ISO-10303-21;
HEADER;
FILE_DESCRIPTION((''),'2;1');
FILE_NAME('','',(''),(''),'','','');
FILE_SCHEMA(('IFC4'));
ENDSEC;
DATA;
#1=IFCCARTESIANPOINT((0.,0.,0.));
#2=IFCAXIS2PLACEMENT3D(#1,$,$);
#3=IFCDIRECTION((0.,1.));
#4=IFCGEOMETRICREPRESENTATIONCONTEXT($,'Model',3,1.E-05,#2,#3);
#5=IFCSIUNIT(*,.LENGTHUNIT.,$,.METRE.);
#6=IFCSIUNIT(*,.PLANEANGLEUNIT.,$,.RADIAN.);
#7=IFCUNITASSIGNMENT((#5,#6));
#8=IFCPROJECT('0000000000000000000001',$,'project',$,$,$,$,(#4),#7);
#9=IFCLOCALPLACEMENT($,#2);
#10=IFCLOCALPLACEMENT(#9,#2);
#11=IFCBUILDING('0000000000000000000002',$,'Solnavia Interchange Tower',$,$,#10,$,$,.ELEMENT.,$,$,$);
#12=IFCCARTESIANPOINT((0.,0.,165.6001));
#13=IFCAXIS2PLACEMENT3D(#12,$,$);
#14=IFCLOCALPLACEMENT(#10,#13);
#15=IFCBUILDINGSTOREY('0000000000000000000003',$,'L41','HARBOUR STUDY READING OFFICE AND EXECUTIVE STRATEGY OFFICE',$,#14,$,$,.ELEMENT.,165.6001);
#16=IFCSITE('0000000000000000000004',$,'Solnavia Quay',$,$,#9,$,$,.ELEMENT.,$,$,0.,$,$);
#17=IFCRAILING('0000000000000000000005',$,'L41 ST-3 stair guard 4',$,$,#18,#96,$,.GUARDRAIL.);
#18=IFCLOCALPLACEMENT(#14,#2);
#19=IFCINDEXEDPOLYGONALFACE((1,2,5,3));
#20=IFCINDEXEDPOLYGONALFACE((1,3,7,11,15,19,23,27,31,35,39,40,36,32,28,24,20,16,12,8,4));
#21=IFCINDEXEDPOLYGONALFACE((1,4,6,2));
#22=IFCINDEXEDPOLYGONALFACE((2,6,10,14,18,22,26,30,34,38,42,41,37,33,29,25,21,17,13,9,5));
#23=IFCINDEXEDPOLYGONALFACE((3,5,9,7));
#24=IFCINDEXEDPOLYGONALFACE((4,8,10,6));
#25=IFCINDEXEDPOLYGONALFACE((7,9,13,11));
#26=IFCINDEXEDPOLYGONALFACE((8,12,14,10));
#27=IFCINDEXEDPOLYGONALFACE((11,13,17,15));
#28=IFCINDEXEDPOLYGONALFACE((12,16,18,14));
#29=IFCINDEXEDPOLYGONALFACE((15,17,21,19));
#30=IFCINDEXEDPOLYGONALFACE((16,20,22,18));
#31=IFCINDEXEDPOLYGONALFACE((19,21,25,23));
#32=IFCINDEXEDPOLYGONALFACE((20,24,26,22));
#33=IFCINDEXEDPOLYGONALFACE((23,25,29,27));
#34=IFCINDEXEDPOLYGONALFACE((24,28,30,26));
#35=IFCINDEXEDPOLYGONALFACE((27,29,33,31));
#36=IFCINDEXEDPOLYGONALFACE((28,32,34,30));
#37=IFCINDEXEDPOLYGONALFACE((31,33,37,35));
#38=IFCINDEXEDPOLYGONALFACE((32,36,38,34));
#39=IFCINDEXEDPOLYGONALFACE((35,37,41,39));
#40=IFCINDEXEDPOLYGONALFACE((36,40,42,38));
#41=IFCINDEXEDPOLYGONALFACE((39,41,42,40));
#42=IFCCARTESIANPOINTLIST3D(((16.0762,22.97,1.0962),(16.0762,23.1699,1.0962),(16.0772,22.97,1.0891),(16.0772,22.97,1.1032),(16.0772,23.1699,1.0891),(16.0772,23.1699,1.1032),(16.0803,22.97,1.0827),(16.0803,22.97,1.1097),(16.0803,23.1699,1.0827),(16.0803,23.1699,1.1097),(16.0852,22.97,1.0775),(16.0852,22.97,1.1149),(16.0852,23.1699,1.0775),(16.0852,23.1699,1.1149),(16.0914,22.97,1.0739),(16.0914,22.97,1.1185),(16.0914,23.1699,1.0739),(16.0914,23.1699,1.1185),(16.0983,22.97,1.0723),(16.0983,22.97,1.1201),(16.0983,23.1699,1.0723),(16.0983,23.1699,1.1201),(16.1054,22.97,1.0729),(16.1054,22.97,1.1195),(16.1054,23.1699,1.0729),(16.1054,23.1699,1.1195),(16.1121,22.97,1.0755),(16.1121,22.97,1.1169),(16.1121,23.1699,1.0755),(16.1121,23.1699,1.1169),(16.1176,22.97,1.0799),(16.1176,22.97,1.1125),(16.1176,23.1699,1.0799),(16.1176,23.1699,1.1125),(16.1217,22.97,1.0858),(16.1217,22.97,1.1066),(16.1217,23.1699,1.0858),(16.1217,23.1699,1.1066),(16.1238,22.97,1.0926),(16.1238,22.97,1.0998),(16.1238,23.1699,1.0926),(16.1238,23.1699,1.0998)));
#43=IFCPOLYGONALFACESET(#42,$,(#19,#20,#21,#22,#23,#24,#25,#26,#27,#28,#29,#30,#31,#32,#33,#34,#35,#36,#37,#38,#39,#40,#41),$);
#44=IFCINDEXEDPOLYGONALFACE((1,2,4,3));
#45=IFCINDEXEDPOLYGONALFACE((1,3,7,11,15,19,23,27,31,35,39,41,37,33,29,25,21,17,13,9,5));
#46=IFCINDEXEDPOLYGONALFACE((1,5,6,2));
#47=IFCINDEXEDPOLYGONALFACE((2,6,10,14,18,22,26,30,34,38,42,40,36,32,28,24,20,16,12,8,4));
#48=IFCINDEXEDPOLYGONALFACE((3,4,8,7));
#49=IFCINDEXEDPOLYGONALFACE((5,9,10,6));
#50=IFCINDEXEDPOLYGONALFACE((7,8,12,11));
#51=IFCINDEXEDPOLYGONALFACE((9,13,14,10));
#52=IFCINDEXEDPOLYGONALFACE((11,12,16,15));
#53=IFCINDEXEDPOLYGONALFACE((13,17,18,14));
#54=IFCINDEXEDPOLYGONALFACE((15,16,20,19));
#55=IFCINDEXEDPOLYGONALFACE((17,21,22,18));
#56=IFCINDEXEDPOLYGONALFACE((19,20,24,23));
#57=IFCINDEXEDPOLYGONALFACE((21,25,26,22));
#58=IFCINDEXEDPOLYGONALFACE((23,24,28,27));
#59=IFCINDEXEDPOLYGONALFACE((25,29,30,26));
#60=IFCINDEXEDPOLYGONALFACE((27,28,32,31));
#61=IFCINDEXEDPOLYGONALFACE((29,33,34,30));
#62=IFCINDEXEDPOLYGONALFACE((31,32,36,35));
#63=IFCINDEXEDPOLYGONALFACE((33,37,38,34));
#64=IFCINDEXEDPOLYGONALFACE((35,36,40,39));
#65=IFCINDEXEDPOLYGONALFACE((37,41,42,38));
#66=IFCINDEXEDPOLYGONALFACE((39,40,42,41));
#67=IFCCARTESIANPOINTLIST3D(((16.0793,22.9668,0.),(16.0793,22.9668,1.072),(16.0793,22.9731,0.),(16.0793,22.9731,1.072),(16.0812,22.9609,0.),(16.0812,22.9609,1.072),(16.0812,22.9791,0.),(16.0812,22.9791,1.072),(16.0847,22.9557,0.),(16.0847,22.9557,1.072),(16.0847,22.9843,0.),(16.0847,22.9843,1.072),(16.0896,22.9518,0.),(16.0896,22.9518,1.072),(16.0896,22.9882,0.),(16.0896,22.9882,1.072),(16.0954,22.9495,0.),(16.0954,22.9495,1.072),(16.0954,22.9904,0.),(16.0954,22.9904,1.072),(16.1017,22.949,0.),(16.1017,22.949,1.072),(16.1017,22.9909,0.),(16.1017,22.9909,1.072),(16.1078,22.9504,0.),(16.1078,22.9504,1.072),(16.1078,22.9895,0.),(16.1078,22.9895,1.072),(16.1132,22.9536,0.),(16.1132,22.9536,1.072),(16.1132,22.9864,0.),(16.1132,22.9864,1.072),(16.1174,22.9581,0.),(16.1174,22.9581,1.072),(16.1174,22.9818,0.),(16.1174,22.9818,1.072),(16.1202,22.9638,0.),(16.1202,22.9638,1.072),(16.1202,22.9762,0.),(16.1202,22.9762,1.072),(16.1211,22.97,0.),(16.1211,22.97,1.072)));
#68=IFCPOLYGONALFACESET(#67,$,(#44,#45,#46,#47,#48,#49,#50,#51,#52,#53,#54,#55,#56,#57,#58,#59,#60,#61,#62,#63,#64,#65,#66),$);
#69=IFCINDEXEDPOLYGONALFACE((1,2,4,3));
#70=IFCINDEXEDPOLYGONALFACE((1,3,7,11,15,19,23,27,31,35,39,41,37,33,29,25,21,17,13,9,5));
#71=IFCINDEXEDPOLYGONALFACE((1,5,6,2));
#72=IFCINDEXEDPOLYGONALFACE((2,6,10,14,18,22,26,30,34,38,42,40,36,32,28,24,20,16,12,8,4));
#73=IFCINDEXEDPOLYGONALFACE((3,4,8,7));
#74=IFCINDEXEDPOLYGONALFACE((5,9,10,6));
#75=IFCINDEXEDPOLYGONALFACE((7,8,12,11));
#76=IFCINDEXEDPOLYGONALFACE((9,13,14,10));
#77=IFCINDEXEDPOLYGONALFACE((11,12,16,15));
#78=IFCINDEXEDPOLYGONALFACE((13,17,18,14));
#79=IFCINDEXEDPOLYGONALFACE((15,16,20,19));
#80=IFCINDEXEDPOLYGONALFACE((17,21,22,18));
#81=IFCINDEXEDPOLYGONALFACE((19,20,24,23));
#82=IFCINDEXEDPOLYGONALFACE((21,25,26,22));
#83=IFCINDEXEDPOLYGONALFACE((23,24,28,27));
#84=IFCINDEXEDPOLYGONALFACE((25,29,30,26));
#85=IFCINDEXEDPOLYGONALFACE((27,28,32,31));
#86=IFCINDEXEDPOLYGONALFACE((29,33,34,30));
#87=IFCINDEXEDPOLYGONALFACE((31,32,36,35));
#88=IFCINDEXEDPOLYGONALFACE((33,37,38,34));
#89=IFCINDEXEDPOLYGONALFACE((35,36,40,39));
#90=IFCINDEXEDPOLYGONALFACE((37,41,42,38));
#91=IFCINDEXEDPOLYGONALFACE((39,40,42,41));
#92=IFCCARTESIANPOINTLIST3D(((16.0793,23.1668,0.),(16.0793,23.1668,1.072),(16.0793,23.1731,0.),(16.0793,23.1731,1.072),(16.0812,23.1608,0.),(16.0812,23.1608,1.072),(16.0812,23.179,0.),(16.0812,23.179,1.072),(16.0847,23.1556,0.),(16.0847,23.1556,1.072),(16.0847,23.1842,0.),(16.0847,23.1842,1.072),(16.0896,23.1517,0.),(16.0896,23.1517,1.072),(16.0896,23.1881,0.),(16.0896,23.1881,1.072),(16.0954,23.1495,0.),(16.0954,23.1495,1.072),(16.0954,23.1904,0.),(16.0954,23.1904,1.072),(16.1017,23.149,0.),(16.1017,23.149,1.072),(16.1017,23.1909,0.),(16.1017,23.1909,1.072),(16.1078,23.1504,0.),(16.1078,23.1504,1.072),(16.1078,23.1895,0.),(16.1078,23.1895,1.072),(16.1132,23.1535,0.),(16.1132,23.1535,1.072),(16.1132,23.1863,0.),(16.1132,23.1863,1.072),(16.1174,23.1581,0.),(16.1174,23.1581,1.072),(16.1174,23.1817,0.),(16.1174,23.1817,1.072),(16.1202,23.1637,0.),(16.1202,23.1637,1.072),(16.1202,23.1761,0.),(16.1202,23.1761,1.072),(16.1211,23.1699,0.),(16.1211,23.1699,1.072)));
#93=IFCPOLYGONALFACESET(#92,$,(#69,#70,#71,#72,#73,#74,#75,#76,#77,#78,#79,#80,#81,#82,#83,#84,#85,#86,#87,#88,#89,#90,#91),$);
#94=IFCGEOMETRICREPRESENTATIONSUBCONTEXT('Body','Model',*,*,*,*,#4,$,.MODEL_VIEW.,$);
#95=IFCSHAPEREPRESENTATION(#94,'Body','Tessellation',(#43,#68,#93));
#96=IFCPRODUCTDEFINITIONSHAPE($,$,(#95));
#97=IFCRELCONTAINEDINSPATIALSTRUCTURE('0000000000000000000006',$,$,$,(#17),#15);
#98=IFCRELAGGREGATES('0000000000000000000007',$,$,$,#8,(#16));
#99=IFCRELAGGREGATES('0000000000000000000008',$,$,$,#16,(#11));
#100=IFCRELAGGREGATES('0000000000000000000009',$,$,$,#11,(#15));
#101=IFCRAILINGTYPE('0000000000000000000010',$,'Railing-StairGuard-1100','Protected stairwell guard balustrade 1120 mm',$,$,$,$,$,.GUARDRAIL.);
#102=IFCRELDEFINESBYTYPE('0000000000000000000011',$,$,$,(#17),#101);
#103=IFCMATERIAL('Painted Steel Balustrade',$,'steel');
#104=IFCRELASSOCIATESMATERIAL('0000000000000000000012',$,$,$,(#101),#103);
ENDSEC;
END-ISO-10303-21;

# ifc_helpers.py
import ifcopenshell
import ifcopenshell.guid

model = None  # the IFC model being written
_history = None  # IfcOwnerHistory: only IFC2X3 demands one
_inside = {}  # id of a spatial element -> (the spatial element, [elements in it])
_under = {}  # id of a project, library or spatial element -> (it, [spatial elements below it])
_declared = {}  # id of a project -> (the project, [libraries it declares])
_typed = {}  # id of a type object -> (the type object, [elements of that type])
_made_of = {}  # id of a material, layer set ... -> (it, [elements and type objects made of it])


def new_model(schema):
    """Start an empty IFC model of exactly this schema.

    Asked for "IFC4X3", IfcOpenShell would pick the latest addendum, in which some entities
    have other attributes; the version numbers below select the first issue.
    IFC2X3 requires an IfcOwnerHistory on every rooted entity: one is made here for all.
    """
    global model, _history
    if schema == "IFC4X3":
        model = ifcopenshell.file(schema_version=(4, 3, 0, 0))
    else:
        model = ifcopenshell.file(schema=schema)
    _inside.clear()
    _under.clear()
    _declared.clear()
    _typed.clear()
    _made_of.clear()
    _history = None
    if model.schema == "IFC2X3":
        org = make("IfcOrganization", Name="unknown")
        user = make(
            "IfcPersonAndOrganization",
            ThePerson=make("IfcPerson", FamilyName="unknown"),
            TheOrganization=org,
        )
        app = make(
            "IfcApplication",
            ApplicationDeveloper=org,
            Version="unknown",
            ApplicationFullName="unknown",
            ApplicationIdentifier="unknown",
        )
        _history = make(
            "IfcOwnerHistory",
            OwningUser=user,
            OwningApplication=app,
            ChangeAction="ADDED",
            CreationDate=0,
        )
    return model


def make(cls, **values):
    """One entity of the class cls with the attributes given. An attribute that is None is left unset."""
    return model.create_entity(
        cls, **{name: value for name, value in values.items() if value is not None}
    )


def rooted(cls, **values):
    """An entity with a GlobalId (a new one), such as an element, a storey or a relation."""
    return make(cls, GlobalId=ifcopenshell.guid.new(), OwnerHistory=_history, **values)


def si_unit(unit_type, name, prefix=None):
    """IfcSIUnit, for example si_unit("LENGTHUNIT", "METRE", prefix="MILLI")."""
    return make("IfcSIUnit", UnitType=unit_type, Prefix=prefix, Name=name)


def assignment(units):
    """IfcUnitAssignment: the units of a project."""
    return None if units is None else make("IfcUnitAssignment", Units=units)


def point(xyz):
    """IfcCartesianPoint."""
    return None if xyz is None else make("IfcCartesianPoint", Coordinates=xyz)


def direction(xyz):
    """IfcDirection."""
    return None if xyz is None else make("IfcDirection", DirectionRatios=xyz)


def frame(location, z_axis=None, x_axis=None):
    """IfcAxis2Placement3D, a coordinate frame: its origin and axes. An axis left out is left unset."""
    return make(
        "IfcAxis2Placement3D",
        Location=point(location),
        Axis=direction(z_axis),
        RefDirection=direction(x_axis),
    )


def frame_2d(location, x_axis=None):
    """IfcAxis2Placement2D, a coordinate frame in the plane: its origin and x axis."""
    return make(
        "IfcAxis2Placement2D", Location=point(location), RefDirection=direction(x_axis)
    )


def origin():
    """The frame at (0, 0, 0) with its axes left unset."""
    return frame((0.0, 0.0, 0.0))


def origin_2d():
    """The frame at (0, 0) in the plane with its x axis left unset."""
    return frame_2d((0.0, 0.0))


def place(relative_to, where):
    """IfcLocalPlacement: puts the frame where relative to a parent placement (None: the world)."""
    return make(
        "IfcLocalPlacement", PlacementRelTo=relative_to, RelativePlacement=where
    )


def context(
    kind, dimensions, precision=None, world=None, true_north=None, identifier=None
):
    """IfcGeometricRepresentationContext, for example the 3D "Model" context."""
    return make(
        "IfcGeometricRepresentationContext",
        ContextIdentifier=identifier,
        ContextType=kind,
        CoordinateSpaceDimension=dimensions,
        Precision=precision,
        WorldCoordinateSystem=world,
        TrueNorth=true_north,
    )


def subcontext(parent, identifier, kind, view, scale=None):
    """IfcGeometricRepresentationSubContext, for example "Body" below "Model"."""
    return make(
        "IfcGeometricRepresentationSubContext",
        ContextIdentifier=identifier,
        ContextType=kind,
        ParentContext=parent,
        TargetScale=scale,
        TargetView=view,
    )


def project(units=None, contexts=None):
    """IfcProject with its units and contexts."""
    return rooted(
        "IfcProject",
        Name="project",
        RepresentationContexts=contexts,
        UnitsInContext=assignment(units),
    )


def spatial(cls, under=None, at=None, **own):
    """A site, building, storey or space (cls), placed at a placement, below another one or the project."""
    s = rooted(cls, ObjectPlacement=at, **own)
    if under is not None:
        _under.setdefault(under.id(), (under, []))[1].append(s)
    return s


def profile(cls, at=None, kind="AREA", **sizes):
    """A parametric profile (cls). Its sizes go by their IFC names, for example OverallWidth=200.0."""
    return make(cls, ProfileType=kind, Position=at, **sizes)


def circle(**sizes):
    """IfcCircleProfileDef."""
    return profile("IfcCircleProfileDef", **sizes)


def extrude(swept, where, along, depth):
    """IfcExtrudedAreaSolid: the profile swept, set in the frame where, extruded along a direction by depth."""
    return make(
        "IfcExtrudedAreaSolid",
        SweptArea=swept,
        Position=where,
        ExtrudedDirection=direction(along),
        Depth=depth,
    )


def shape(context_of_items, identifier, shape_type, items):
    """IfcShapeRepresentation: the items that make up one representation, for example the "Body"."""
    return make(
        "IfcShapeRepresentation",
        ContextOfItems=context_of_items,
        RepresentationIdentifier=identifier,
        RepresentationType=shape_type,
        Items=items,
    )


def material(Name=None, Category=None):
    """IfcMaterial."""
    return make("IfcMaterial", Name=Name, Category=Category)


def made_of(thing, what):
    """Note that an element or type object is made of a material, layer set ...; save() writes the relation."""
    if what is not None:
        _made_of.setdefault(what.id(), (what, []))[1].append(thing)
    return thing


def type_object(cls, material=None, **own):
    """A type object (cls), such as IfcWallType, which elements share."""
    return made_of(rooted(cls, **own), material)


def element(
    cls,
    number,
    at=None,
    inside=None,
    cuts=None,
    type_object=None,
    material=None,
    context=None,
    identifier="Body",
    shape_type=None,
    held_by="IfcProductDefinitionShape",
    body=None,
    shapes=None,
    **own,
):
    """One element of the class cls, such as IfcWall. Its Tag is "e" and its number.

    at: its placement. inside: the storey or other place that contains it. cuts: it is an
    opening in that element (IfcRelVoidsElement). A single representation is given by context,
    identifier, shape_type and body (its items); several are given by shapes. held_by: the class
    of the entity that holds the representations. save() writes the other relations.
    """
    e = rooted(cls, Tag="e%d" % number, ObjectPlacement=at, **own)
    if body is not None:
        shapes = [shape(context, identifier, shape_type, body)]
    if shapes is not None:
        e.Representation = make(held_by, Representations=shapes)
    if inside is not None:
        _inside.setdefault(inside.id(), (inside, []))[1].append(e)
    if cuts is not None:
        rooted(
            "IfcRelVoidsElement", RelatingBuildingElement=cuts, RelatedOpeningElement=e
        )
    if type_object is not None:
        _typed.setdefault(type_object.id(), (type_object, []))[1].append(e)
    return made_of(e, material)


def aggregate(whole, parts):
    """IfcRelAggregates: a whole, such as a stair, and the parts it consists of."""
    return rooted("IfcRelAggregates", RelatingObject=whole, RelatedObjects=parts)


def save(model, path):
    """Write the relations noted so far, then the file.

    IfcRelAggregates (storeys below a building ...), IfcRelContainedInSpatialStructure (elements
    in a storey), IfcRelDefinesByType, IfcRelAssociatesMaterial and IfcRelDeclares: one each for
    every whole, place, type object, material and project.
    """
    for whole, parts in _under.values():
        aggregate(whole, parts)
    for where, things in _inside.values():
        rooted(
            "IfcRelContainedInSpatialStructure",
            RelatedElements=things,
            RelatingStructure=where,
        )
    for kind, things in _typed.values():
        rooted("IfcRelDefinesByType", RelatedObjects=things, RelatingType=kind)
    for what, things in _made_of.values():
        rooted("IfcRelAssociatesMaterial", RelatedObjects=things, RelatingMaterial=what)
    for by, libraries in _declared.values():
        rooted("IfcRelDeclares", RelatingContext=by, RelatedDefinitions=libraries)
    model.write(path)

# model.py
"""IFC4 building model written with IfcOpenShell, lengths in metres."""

from ifc_helpers import new_model, si_unit, direction, frame, origin, origin_2d, place, context, subcontext, project, spatial, circle, extrude, material, type_object, element, save


model = new_model("IFC4")

# Units and contexts
model_context = context("Model", 3, precision=1e-05, world=origin(), true_north=direction((0.0, 1.0)))
body_context = subcontext(model_context, "Body", "Model", "MODEL_VIEW")
ifc_project = project(units=[si_unit("LENGTHUNIT", "METRE"), si_unit("PLANEANGLEUNIT", "RADIAN")], contexts=[model_context])

# Site, building, storey
site_placement = place(None, origin())
site = spatial("IfcSite", under=ifc_project, at=site_placement, Name="Solnavia Quay", CompositionType="ELEMENT", RefElevation=0.0)
building_placement = place(site_placement, origin())
building = spatial("IfcBuilding", under=site, at=building_placement, Name="Solnavia Interchange Tower", CompositionType="ELEMENT")
storey_placement = place(building_placement, frame((0.0, 0.0, 165.6001)))
storey = spatial("IfcBuildingStorey", under=building, at=storey_placement, Name="L41", Description="HARBOUR STUDY READING OFFICE AND EXECUTIVE STRATEGY OFFICE", CompositionType="ELEMENT", Elevation=165.6001)

# Railing
ifc_material_1 = material(Name="Painted Steel Balustrade", Category="steel")
railing_type_1 = type_object("IfcRailingType", Name="Railing-StairGuard-1100", Description="Protected stairwell guard balustrade 1120 mm", PredefinedType="GUARDRAIL", material=ifc_material_1)
railing_1_placement = place(storey_placement, frame((16.1001, 22.97, 0.0)))
element("IfcRailing", 1, at=railing_1_placement, inside=storey, type_object=railing_type_1, Name="L41 ST-3 stair guard 4", PredefinedType="GUARDRAIL", context=body_context, shape_type="SweptSolid", body=[
    extrude(circle(Radius=0.0239, at=origin_2d()), frame((0.0, 0.0, 1.0962), z_axis=(0.0, 1.0, 0.0), x_axis=(-1.0, 0.0, 0.0)), (0.0, 0.0, 1.0), 0.2),
    extrude(circle(Radius=0.021, at=origin_2d()), origin(), (0.0, 0.0, 1.0), 1.072),
    extrude(circle(Radius=0.021, at=origin_2d()), frame((0.0, 0.2, 0.0)), (0.0, 0.0, 1.0), 1.072),
])

save(model, "model.ifc")
